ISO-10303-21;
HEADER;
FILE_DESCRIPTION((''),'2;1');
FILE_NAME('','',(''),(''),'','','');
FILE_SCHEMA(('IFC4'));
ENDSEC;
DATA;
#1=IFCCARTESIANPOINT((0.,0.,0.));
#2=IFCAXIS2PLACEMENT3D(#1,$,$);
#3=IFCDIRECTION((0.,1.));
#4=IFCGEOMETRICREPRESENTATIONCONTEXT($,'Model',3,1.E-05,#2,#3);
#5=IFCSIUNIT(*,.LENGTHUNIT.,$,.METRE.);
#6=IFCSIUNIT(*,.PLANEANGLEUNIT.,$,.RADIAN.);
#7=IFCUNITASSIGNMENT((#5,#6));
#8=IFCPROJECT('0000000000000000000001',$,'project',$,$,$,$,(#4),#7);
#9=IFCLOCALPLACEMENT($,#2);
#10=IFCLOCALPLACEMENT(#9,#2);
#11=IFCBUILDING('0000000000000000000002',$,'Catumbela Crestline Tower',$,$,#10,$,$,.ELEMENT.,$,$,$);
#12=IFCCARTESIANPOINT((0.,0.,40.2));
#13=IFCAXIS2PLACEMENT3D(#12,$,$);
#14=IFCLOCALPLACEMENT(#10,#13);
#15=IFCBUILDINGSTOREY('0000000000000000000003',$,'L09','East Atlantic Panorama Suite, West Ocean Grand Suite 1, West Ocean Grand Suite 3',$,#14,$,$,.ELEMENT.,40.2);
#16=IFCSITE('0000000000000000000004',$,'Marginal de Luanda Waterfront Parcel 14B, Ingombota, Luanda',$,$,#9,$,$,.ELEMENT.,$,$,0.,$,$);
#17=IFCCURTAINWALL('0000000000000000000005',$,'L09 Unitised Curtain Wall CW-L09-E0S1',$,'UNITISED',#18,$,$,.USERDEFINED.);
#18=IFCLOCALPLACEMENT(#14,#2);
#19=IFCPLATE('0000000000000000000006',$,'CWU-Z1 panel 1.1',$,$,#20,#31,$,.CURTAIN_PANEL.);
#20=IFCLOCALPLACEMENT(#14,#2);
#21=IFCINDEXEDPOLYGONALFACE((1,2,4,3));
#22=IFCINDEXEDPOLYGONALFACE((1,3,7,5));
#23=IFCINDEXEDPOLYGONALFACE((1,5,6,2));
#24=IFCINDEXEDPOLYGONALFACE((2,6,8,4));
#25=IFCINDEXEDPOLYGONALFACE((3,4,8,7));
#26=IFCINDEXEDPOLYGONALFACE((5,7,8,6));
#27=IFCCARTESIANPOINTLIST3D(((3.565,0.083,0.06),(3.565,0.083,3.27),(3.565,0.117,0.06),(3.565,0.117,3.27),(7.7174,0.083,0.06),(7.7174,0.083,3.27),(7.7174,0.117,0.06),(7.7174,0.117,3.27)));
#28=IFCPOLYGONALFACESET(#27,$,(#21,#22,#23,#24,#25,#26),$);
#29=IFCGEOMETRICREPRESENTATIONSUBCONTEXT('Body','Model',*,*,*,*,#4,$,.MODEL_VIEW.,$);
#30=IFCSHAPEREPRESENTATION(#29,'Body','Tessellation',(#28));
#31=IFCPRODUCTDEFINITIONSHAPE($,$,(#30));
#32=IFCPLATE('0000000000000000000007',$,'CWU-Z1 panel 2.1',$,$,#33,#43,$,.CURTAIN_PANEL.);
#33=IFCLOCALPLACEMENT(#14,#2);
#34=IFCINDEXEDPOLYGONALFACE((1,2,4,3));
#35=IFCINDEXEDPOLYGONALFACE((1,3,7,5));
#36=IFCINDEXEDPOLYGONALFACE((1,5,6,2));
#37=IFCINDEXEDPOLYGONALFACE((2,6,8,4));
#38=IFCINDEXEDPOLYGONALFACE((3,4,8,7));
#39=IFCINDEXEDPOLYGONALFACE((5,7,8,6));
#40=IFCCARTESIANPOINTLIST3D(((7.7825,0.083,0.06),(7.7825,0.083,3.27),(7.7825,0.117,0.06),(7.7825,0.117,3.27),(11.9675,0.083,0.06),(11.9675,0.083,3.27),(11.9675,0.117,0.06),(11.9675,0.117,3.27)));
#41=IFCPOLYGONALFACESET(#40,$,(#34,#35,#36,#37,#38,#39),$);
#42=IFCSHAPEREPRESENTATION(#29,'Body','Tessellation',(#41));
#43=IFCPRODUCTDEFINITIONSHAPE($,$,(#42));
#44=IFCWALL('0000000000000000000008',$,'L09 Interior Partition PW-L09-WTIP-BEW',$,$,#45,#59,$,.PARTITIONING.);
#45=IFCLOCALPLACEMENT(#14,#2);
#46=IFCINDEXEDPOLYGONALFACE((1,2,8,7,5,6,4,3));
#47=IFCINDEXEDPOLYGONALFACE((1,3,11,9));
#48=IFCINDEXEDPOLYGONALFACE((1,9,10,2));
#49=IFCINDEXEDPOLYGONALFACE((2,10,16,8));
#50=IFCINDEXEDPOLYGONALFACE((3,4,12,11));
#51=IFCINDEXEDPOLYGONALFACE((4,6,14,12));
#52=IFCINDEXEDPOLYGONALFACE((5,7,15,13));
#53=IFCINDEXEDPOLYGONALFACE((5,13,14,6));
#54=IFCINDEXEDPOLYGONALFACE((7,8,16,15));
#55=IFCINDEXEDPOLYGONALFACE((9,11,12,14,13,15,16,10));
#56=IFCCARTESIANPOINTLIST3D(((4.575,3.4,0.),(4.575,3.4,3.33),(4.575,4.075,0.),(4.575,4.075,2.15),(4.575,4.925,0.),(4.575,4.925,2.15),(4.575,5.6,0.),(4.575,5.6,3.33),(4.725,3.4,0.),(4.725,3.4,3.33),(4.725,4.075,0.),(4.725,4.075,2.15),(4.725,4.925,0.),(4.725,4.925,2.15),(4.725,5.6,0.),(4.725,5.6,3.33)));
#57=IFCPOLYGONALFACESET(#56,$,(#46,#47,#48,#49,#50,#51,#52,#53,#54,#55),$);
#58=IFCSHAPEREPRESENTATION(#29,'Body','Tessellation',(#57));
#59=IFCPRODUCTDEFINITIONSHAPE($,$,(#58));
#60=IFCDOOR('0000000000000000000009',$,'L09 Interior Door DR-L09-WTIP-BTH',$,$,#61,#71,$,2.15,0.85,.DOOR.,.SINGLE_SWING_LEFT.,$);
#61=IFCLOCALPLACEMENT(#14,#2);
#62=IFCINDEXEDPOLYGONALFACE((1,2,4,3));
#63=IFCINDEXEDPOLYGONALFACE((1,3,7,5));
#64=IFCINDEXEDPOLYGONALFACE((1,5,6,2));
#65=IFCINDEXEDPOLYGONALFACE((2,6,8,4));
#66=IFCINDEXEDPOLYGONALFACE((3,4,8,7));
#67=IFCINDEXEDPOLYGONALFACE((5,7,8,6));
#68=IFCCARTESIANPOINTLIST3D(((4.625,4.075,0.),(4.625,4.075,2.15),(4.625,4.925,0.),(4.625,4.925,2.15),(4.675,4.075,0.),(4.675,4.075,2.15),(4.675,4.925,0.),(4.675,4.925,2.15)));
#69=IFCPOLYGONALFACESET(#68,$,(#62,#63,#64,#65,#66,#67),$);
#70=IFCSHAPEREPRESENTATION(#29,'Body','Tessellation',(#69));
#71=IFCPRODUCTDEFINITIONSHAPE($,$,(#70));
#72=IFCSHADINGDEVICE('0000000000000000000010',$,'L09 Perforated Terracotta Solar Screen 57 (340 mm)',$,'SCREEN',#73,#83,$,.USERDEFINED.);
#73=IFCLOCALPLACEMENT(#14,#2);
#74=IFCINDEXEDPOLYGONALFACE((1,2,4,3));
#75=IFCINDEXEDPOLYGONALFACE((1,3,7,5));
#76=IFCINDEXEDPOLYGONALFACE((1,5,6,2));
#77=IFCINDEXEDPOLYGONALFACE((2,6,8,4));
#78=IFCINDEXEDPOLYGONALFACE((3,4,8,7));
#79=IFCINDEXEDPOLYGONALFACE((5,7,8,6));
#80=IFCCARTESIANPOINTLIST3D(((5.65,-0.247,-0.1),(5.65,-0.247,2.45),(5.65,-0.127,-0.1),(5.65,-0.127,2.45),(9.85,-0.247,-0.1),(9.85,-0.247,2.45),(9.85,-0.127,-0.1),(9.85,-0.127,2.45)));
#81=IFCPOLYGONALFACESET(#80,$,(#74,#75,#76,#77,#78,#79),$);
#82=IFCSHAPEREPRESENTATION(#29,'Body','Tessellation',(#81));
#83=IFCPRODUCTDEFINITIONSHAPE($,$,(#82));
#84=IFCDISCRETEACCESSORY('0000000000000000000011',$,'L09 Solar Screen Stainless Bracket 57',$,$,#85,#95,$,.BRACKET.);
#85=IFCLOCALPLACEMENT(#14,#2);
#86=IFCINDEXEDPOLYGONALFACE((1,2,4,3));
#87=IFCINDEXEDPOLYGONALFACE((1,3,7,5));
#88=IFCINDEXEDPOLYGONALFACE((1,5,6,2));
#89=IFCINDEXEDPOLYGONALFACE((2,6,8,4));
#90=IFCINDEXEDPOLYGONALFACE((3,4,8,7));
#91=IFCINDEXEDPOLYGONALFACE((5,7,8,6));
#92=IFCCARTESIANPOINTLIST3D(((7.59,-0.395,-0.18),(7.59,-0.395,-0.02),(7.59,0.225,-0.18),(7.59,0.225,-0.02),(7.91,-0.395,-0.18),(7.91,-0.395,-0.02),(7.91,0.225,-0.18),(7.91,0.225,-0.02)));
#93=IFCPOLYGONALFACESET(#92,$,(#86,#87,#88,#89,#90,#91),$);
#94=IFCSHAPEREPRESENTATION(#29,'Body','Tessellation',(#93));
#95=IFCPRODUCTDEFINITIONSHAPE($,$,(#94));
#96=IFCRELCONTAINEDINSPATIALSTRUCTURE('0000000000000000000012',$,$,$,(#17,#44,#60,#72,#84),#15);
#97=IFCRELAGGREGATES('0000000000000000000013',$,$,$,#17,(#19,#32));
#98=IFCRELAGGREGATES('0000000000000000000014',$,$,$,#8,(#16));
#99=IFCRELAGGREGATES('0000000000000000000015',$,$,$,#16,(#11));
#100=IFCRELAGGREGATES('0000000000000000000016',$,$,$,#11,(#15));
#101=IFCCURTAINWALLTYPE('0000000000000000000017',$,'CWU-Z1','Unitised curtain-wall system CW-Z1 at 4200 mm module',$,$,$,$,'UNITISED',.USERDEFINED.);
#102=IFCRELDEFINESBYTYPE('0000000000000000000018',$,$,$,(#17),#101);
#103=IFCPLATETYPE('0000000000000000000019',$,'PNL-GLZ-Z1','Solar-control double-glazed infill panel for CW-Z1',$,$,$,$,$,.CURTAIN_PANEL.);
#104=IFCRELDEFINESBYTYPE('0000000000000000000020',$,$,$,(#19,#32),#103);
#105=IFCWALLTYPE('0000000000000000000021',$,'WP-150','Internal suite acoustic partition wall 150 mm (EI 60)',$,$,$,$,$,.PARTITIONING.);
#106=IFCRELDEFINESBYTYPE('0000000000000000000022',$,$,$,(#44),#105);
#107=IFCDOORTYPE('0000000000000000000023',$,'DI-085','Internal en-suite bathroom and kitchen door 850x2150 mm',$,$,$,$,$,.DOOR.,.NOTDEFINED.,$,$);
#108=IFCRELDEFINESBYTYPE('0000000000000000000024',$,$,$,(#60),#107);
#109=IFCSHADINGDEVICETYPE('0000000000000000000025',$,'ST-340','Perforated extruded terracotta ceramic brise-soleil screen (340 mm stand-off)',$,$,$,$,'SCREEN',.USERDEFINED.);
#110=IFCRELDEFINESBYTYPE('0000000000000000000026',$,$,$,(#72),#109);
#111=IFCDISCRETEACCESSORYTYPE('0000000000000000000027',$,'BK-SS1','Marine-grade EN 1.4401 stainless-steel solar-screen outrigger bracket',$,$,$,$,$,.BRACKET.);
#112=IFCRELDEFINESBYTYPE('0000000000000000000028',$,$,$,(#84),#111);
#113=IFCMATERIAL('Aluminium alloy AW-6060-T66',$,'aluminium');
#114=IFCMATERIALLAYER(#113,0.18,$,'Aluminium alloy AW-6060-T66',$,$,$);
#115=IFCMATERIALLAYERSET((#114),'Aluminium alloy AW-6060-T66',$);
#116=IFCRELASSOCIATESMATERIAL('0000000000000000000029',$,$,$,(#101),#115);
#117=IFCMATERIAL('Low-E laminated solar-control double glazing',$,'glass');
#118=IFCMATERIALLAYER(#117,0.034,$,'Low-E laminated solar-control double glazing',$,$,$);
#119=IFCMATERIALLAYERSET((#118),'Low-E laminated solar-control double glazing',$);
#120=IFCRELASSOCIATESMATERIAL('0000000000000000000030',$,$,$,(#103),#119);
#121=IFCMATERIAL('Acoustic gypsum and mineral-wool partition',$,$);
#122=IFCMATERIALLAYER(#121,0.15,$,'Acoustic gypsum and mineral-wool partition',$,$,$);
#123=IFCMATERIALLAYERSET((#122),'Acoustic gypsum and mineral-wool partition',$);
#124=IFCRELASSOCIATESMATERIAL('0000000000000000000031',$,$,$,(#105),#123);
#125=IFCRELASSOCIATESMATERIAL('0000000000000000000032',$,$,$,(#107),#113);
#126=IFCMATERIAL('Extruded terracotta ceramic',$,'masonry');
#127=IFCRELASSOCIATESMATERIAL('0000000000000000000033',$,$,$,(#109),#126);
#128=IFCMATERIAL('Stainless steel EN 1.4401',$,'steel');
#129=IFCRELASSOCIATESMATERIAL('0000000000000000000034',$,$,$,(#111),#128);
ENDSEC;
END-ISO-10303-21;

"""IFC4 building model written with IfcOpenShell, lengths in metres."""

from ifc_helpers import new_model, si_unit, direction, frame, frame_2d, origin, origin_2d, place, context, subcontext, project, spatial, rectangle, extrude, material, layer, layer_set, type_object, element, fill, aggregate, save


model = new_model("IFC4")

# Units and contexts
model_context = context("Model", 3, precision=1e-05, world=origin(), true_north=direction((0.0, 1.0)))
body_context = subcontext(model_context, "Body", "Model", "MODEL_VIEW")
ifc_project = project(units=[si_unit("LENGTHUNIT", "METRE"), si_unit("PLANEANGLEUNIT", "RADIAN")], contexts=[model_context])

# Site, building, storey
site_placement = place(None, origin())
site = spatial("IfcSite", under=ifc_project, at=site_placement, Name="Marginal de Luanda Waterfront Parcel 14B, Ingombota, Luanda", CompositionType="ELEMENT", RefElevation=0.0)
building_placement = place(site_placement, origin())
building = spatial("IfcBuilding", under=site, at=building_placement, Name="Catumbela Crestline Tower", CompositionType="ELEMENT")
storey_placement = place(building_placement, frame((0.0, 0.0, 40.2)))
storey = spatial("IfcBuildingStorey", under=building, at=storey_placement, Name="L09", Description="East Atlantic Panorama Suite, West Ocean Grand Suite 1, West Ocean Grand Suite 3", CompositionType="ELEMENT", Elevation=40.2)

# Curtain wall, plates
ifc_material_1 = material(Name="Aluminium alloy AW-6060-T66", Category="aluminium")
ifc_layer_1 = layer(ifc_material_1, 0.18, Name="Aluminium alloy AW-6060-T66")
ifc_layer_set_1 = layer_set([ifc_layer_1], Name="Aluminium alloy AW-6060-T66")
curtain_wall_type = type_object("IfcCurtainWallType", Name="CWU-Z1", Description="Unitised curtain-wall system CW-Z1 at 4200 mm module", ElementType="UNITISED", PredefinedType="USERDEFINED", material=ifc_layer_set_1)
curtain_wall_placement = place(storey_placement, origin())
curtain_wall = element("IfcCurtainWall", 1, at=curtain_wall_placement, inside=storey, type_object=curtain_wall_type, Name="L09 Unitised Curtain Wall CW-L09-E0S1", ObjectType="UNITISED", PredefinedType="USERDEFINED")
ifc_material_2 = material(Name="Low-E laminated solar-control double glazing", Category="glass")
ifc_layer_2 = layer(ifc_material_2, 0.034, Name="Low-E laminated solar-control double glazing")
ifc_layer_set_2 = layer_set([ifc_layer_2], Name="Low-E laminated solar-control double glazing")
plate_type = type_object("IfcPlateType", Name="PNL-GLZ-Z1", Description="Solar-control double-glazed infill panel for CW-Z1", PredefinedType="CURTAIN_PANEL", material=ifc_layer_set_2)
plate_1_placement = place(storey_placement, frame((5.6412, 0.1, 0.06), z_axis=(0.0, 0.0, 1.0), x_axis=(1.0, 0.0, 0.0)))
plate_1 = element("IfcPlate", 2, at=plate_1_placement, type_object=plate_type, Name="CWU-Z1 panel 1.1", PredefinedType="CURTAIN_PANEL", context=body_context, shape_type="SweptSolid", body=[
    extrude(rectangle(XDim=4.1525, YDim=0.034, at=origin_2d()), origin(), (0.0, 0.0, 1.0), 3.21),
])
plate_2_placement = place(storey_placement, frame((9.875, 0.1, 0.06), z_axis=(0.0, 0.0, 1.0), x_axis=(1.0, 0.0, 0.0)))
plate_2 = element("IfcPlate", 3, at=plate_2_placement, type_object=plate_type, Name="CWU-Z1 panel 2.1", PredefinedType="CURTAIN_PANEL", context=body_context, shape_type="SweptSolid", body=[
    extrude(rectangle(XDim=4.185, YDim=0.034, at=origin_2d()), origin(), (0.0, 0.0, 1.0), 3.21),
])
aggregate(curtain_wall, [plate_1, plate_2])

# Wall, opening, door
ifc_material_3 = material(Name="Acoustic gypsum and mineral-wool partition")
ifc_layer_3 = layer(ifc_material_3, 0.15, Name="Acoustic gypsum and mineral-wool partition")
ifc_layer_set_3 = layer_set([ifc_layer_3], Name="Acoustic gypsum and mineral-wool partition")
wall_type = type_object("IfcWallType", Name="WP-150", Description="Internal suite acoustic partition wall 150 mm (EI 60)", PredefinedType="PARTITIONING", material=ifc_layer_set_3)
wall_placement = place(storey_placement, frame((4.65, 3.4, 0.0), z_axis=(0.0, 0.0, 1.0), x_axis=(0.0, 1.0, 0.0)))
wall = element("IfcWall", 4, at=wall_placement, inside=storey, type_object=wall_type, Name="L09 Interior Partition PW-L09-WTIP-BEW", PredefinedType="PARTITIONING", context=body_context, shape_type="SweptSolid", body=[
    extrude(rectangle(XDim=2.2, YDim=0.15, at=frame_2d((1.1, 0.0))), origin(), (0.0, 0.0, 1.0), 3.33),
])
opening_placement = place(wall_placement, frame((0.675, 0.0, 0.0)))
opening = element("IfcOpeningElement", 5, at=opening_placement, cuts=wall, PredefinedType="OPENING", context=body_context, shape_type="SweptSolid", body=[
    extrude(rectangle(XDim=0.85, YDim=2.15, at=frame_2d((0.425, 1.075))), frame((0.0, 0.085, 0.0), z_axis=(0.0, -1.0, 0.0), x_axis=(1.0, 0.0, 0.0)), (0.0, 0.0, 1.0), 0.17),
])
door_type = type_object("IfcDoorType", Name="DI-085", Description="Internal en-suite bathroom and kitchen door 850x2150 mm", OperationType="NOTDEFINED", PredefinedType="DOOR", material=ifc_material_1)
door_placement = place(opening_placement, origin())
door = element("IfcDoor", 6, at=door_placement, inside=storey, type_object=door_type, Name="L09 Interior Door DR-L09-WTIP-BTH", OperationType="SINGLE_SWING_LEFT", OverallHeight=2.15, OverallWidth=0.85, PredefinedType="DOOR", context=body_context, shape_type="SweptSolid", body=[
    extrude(rectangle(XDim=0.85, YDim=2.15, at=frame_2d((0.425, 1.075))), frame((0.0, 0.025, 0.0), z_axis=(0.0, -1.0, 0.0), x_axis=(1.0, 0.0, 0.0)), (0.0, 0.0, 1.0), 0.05),
])
fill(opening, door)

# Shading device
ifc_material_4 = material(Name="Extruded terracotta ceramic", Category="masonry")
shading_device_type = type_object("IfcShadingDeviceType", Name="ST-340", Description="Perforated extruded terracotta ceramic brise-soleil screen (340 mm stand-off)", ElementType="SCREEN", PredefinedType="USERDEFINED", material=ifc_material_4)
shading_device_placement = place(storey_placement, frame((7.75, -0.187, -0.1), z_axis=(0.0, 0.0, 1.0), x_axis=(1.0, 0.0, 0.0)))
element("IfcShadingDevice", 7, at=shading_device_placement, inside=storey, type_object=shading_device_type, Name="L09 Perforated Terracotta Solar Screen 57 (340 mm)", ObjectType="SCREEN", PredefinedType="USERDEFINED", context=body_context, shape_type="SweptSolid", body=[
    extrude(rectangle(XDim=4.2, YDim=0.12, at=origin_2d()), origin(), (0.0, 0.0, 1.0), 2.55),
])

# Discrete accessory
ifc_material_5 = material(Name="Stainless steel EN 1.4401", Category="steel")
discrete_accessory_type = type_object("IfcDiscreteAccessoryType", Name="BK-SS1", Description="Marine-grade EN 1.4401 stainless-steel solar-screen outrigger bracket", PredefinedType="BRACKET", material=ifc_material_5)
discrete_accessory_placement = place(storey_placement, frame((7.75, -0.085, -0.18), z_axis=(0.0, 0.0, 1.0), x_axis=(1.0, 0.0, 0.0)))
element("IfcDiscreteAccessory", 8, at=discrete_accessory_placement, inside=storey, type_object=discrete_accessory_type, Name="L09 Solar Screen Stainless Bracket 57", PredefinedType="BRACKET", context=body_context, shape_type="SweptSolid", body=[
    extrude(rectangle(XDim=0.32, YDim=0.62, at=origin_2d()), origin(), (0.0, 0.0, 1.0), 0.16),
])

save(model, "model.ifc")
